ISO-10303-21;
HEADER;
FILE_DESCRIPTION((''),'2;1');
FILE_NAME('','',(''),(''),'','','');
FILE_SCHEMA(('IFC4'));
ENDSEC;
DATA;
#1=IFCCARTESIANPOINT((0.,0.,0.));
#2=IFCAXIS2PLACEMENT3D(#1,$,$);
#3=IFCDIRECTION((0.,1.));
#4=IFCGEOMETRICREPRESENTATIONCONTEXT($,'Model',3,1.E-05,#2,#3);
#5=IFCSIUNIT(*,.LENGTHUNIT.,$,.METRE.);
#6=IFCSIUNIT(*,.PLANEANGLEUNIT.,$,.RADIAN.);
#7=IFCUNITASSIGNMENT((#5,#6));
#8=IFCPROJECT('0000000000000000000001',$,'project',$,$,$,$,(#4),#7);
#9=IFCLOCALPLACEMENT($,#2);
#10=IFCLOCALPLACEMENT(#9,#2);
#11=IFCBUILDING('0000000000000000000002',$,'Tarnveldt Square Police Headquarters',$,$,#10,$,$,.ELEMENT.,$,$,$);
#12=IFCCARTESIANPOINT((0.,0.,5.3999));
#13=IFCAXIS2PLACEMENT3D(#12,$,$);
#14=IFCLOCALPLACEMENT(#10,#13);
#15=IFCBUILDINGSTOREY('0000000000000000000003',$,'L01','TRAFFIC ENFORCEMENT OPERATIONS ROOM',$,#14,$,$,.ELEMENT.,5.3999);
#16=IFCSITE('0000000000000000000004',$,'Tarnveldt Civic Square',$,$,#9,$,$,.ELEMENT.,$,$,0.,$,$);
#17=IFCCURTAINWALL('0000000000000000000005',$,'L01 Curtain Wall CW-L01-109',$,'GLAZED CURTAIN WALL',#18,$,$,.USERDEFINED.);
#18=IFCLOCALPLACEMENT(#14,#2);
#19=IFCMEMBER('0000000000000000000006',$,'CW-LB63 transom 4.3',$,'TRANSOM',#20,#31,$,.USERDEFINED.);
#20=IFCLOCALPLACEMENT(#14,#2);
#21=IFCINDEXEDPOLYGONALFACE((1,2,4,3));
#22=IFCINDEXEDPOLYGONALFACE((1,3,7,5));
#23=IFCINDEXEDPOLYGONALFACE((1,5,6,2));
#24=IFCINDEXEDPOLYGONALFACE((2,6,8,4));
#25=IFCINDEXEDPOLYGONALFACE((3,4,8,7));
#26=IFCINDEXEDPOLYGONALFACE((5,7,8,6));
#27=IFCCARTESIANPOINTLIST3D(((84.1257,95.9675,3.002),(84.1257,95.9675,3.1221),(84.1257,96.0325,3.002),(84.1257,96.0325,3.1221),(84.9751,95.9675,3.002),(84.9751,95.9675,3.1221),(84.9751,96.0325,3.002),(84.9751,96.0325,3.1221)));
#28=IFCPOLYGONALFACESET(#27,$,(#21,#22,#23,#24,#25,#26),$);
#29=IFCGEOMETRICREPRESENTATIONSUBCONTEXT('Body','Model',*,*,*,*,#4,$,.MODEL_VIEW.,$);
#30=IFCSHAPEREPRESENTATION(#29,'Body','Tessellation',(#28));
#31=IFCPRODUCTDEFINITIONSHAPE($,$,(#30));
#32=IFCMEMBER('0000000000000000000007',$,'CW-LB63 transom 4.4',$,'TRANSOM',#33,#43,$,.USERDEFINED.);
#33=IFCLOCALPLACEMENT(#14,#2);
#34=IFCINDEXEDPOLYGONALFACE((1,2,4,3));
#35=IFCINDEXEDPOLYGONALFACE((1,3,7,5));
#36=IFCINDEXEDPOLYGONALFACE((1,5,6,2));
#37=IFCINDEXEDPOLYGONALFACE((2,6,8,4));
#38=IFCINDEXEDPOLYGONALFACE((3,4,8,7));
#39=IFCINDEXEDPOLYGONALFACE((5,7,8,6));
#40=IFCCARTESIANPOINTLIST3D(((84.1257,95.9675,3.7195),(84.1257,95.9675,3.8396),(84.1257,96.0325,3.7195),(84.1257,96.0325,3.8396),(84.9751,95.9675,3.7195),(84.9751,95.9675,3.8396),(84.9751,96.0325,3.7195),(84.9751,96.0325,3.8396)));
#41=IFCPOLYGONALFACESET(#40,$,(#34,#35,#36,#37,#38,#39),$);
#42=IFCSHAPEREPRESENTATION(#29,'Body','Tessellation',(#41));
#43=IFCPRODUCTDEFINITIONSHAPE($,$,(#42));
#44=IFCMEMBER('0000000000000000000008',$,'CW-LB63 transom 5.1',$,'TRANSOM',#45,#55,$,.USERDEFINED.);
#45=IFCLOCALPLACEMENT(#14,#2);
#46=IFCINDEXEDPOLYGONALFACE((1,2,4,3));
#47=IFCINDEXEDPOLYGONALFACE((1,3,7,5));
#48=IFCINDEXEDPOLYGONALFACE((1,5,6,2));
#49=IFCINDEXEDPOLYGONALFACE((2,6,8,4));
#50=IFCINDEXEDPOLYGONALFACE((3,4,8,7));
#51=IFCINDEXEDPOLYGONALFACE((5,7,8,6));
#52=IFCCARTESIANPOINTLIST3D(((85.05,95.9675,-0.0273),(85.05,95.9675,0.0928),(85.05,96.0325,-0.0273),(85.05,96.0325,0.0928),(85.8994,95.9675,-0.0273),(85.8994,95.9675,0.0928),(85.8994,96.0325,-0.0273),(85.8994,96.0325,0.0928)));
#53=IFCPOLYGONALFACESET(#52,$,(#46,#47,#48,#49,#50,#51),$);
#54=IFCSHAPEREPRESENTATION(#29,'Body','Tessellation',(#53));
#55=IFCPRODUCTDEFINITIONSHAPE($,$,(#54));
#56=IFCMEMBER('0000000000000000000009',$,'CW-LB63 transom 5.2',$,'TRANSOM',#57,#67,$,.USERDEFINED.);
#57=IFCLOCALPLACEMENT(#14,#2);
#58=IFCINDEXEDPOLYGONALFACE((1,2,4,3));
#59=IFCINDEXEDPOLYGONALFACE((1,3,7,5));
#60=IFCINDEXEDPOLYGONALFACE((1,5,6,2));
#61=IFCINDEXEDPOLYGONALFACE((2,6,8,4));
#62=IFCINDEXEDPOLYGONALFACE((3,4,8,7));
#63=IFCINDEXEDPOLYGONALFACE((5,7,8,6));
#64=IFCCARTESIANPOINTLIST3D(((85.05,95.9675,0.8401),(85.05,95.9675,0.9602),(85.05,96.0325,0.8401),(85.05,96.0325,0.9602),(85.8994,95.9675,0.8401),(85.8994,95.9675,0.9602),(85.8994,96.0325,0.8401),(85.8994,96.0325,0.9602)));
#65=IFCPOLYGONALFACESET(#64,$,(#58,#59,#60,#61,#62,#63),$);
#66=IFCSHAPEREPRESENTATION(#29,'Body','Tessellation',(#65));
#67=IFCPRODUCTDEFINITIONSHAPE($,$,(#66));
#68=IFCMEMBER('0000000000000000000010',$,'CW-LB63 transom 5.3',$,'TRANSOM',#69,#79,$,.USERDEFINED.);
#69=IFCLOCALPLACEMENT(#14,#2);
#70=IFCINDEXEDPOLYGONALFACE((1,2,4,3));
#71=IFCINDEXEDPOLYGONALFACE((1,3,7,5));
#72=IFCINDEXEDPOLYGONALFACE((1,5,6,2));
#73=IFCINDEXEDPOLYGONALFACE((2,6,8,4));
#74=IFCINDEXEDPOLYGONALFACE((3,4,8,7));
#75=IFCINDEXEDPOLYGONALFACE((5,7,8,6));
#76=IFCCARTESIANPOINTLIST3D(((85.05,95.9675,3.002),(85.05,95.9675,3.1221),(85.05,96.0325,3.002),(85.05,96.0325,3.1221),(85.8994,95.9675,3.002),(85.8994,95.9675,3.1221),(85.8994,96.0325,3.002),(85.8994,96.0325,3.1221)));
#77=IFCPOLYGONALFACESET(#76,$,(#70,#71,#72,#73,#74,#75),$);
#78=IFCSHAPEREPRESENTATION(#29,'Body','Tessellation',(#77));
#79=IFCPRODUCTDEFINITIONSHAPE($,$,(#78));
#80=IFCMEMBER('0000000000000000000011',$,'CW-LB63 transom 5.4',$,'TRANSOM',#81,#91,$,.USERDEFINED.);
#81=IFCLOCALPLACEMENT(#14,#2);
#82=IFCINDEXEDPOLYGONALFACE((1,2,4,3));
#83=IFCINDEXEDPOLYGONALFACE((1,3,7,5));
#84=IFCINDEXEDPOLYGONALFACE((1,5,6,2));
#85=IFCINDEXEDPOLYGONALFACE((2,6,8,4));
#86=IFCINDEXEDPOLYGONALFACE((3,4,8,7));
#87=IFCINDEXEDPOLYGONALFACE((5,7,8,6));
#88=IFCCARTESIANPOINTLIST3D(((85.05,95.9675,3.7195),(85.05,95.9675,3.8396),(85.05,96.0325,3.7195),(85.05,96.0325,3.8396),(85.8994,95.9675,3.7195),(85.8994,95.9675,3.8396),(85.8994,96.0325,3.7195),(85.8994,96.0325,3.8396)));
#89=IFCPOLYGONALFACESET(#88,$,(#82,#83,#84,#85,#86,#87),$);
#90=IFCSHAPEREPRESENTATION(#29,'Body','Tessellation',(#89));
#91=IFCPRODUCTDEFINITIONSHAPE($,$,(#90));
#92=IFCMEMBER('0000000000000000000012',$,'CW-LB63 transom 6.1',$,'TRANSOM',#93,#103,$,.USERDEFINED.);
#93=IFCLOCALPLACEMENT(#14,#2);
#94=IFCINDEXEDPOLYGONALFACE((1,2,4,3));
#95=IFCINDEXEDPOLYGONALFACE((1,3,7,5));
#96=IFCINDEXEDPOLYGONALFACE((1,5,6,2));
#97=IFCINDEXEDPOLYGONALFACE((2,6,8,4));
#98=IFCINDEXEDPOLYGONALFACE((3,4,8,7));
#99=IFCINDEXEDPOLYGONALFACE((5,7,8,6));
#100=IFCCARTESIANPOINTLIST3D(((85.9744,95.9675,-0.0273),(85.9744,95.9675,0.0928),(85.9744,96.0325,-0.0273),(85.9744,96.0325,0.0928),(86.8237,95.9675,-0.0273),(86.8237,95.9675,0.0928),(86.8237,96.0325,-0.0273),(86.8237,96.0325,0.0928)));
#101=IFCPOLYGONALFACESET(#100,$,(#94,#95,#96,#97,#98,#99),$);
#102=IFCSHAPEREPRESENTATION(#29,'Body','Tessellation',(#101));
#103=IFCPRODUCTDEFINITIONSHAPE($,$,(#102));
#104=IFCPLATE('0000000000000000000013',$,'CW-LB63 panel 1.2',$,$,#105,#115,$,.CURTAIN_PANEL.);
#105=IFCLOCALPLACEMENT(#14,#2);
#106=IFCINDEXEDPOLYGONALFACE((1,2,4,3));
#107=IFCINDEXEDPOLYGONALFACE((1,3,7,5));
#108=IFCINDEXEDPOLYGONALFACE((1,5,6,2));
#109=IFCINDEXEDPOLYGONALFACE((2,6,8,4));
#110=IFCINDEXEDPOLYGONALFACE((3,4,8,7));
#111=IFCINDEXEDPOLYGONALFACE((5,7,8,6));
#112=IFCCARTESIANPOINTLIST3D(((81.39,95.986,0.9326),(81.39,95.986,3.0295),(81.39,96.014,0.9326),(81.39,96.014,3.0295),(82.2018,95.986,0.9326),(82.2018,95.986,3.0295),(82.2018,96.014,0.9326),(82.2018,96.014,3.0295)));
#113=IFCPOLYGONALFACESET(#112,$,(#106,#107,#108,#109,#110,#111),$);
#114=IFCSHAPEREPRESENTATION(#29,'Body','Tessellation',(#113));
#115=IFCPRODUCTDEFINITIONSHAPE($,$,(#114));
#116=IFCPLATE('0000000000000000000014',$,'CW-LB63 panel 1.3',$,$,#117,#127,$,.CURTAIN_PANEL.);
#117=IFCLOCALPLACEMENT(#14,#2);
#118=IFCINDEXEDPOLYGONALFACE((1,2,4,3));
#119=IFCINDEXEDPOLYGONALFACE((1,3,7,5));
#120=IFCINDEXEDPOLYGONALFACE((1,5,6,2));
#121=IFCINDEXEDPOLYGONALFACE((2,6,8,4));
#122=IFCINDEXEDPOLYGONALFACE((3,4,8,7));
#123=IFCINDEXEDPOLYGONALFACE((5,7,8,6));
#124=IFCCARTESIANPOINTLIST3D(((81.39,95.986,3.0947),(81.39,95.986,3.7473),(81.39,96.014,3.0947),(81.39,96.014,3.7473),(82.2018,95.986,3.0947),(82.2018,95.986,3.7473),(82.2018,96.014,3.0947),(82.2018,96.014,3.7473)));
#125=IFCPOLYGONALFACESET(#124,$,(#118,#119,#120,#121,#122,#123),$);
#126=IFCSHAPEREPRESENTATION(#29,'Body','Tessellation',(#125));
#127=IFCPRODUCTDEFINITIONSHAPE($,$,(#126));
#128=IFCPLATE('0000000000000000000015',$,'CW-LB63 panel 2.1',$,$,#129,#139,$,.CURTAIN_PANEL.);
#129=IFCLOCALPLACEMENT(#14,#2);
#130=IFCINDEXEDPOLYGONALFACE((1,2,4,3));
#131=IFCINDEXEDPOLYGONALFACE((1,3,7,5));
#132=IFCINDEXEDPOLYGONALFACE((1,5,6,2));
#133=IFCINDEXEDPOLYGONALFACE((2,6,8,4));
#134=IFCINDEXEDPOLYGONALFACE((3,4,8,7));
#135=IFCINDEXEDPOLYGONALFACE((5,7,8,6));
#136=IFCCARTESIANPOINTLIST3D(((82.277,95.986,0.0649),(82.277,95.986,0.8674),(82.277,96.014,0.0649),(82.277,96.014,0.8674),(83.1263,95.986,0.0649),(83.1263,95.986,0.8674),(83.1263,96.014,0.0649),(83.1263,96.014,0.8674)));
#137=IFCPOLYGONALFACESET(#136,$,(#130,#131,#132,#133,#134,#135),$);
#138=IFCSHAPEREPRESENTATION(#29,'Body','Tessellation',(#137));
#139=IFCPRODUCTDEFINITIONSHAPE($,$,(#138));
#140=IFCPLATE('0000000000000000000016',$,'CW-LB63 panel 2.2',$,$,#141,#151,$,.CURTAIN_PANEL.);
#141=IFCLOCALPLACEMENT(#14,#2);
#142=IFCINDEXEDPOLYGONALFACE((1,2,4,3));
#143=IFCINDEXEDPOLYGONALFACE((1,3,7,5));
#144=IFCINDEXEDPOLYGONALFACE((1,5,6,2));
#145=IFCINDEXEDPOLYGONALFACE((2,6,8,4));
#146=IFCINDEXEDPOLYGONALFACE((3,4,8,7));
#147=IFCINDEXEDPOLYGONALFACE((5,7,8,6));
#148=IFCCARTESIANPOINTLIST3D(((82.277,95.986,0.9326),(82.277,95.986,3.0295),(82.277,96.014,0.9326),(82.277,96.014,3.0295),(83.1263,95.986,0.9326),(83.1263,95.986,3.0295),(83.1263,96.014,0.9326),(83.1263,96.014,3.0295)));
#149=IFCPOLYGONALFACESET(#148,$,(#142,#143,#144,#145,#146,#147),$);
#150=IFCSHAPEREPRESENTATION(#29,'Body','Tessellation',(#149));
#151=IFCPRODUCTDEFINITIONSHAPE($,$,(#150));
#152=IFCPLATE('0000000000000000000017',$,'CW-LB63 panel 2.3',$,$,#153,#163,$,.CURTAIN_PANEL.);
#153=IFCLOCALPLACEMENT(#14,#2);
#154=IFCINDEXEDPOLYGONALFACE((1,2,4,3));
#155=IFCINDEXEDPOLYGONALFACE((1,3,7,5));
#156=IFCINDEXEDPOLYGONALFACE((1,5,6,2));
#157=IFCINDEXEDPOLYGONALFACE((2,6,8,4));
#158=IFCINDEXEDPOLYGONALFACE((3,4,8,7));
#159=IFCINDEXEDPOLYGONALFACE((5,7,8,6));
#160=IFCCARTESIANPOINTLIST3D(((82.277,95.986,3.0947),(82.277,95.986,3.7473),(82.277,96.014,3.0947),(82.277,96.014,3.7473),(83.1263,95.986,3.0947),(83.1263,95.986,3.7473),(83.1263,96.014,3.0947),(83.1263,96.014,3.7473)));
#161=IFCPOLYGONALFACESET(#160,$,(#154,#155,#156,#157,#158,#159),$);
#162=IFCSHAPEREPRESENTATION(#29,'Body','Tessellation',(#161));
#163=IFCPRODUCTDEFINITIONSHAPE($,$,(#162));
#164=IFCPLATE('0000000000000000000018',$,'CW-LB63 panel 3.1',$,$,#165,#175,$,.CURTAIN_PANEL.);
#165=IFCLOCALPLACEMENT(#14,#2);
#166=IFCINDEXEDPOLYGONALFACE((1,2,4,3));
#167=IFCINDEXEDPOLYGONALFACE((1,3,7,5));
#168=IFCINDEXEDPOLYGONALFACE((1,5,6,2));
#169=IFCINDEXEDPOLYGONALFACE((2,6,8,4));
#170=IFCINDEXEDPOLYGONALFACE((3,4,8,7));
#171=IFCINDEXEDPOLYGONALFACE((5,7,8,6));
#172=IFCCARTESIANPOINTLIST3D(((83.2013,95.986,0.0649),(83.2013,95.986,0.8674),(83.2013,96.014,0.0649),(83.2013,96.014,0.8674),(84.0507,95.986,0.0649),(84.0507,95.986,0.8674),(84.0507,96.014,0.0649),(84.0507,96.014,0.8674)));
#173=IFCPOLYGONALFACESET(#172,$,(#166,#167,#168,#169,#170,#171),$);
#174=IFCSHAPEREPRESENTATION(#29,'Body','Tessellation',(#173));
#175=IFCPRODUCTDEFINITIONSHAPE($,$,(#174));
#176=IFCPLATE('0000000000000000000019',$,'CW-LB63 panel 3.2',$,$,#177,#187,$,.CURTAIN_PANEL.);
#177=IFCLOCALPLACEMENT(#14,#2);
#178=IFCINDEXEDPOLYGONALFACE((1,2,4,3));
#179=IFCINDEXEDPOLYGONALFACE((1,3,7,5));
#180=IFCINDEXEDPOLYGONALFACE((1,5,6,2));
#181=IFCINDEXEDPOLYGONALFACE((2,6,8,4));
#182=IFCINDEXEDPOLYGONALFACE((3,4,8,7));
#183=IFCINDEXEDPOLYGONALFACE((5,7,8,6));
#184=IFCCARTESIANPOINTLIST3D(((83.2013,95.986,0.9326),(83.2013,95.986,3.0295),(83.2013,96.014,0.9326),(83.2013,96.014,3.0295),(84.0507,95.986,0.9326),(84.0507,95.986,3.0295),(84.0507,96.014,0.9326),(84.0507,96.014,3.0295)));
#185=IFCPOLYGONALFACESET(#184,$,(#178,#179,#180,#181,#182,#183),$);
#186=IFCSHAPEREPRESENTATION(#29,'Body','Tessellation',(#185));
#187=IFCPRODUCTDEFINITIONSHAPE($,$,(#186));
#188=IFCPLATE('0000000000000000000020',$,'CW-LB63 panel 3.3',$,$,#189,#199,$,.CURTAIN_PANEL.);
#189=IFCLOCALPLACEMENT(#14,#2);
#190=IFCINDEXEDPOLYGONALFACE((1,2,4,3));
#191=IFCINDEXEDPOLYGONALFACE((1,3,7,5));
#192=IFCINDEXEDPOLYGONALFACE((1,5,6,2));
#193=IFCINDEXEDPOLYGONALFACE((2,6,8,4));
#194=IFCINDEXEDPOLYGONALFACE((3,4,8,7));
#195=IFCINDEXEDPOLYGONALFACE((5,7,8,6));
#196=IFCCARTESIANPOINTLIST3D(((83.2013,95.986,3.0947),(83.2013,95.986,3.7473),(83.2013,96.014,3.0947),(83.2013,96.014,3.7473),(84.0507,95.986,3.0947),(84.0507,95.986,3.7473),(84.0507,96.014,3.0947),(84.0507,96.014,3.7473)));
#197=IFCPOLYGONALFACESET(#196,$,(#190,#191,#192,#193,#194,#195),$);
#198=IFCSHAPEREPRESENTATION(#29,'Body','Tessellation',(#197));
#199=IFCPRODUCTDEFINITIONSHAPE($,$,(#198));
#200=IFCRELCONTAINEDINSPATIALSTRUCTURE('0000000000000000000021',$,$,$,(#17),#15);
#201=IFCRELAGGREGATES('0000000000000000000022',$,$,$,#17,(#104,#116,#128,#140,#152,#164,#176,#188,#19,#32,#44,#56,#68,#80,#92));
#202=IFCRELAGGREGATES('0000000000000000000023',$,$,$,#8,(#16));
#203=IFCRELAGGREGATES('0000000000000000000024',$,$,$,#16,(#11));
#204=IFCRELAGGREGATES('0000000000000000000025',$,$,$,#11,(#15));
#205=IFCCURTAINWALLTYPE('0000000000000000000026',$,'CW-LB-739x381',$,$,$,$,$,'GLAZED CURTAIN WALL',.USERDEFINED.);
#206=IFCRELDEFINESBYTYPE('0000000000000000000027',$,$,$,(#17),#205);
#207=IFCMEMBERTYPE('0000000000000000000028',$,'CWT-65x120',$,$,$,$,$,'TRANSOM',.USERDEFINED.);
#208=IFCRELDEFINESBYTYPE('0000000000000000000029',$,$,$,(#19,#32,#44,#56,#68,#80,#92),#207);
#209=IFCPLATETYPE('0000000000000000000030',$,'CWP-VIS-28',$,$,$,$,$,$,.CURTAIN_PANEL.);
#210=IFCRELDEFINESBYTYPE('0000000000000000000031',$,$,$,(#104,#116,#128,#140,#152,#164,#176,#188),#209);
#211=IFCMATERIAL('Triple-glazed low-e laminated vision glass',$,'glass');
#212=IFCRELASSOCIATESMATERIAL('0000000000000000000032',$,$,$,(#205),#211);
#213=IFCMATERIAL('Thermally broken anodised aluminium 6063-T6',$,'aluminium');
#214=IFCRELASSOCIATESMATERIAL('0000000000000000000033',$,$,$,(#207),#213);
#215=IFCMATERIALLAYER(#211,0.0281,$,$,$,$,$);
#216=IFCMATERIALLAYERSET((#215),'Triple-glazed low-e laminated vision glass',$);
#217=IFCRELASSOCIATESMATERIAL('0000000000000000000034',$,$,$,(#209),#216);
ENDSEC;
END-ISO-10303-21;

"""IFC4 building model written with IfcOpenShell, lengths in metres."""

from ifc_helpers import new_model, si_unit, direction, frame, origin, origin_2d, place, context, subcontext, project, spatial, rectangle, extrude, material, layer, layer_set, material_profile, profile_set, type_object, element, aggregate, save


model = new_model("IFC4")

# Units and contexts
model_context = context("Model", 3, precision=1e-05, world=origin(), true_north=direction((0.0, 1.0)))
body_context = subcontext(model_context, "Body", "Model", "MODEL_VIEW")
ifc_project = project(units=[si_unit("LENGTHUNIT", "METRE"), si_unit("PLANEANGLEUNIT", "RADIAN")], contexts=[model_context])

# Site, building, storey
site_placement = place(None, origin())
site = spatial("IfcSite", under=ifc_project, at=site_placement, Name="Tarnveldt Civic Square", CompositionType="ELEMENT", RefElevation=0.0)
building_placement = place(site_placement, origin())
building = spatial("IfcBuilding", under=site, at=building_placement, Name="Tarnveldt Square Police Headquarters", CompositionType="ELEMENT")
storey_placement = place(building_placement, frame((0.0, 0.0, 5.3999)))
storey = spatial("IfcBuildingStorey", under=building, at=storey_placement, Name="L01", Description="TRAFFIC ENFORCEMENT OPERATIONS ROOM", CompositionType="ELEMENT", Elevation=5.3999)

# Curtain wall, members, plates
ifc_material_1 = material(Name="Triple-glazed low-e laminated vision glass", Category="glass")
curtain_wall_type = type_object("IfcCurtainWallType", Name="CW-LB-739x381", ElementType="GLAZED CURTAIN WALL", PredefinedType="USERDEFINED", material=ifc_material_1)
curtain_wall_placement = place(storey_placement, origin())
curtain_wall = element("IfcCurtainWall", 1, at=curtain_wall_placement, inside=storey, type_object=curtain_wall_type, Name="L01 Curtain Wall CW-L01-109", ObjectType="GLAZED CURTAIN WALL", PredefinedType="USERDEFINED")
ifc_material_2 = material(Name="Thermally broken anodised aluminium 6063-T6", Category="aluminium")
ifc_material_profile_1 = material_profile(ifc_material_2, rectangle(XDim=0.0649, YDim=0.1201, at=origin_2d()), Name="CW-T65x120")
ifc_profile_set_1 = profile_set([ifc_material_profile_1], Name="Thermally broken anodised aluminium 6063-T6")
member_type_1 = type_object("IfcMemberType", Name="CWT-65x120", ElementType="TRANSOM", PredefinedType="USERDEFINED", material=ifc_profile_set_1)
member_1_placement = place(storey_placement, frame((84.1257, 96.0, 3.062), z_axis=(1.0, 0.0, 0.0), x_axis=(0.0, 1.0, 0.0)))
member_1 = element("IfcMember", 2, at=member_1_placement, type_object=member_type_1, Name="CW-LB63 transom 4.3", ObjectType="TRANSOM", PredefinedType="USERDEFINED", context=body_context, shape_type="SweptSolid", body=[
    extrude(rectangle(XDim=0.0649, YDim=0.1201, at=origin_2d()), origin(), (0.0, 0.0, 1.0), 0.8494),
])
member_2_placement = place(storey_placement, frame((84.1257, 96.0, 3.7795), z_axis=(1.0, 0.0, 0.0), x_axis=(0.0, 1.0, 0.0)))
member_2 = element("IfcMember", 3, at=member_2_placement, type_object=member_type_1, Name="CW-LB63 transom 4.4", ObjectType="TRANSOM", PredefinedType="USERDEFINED", context=body_context, shape_type="SweptSolid", body=[
    extrude(rectangle(XDim=0.0649, YDim=0.1201, at=origin_2d()), origin(), (0.0, 0.0, 1.0), 0.8494),
])
member_3_placement = place(storey_placement, frame((85.05, 96.0, 0.0327), z_axis=(1.0, 0.0, 0.0), x_axis=(0.0, 1.0, 0.0)))
member_3 = element("IfcMember", 4, at=member_3_placement, type_object=member_type_1, Name="CW-LB63 transom 5.1", ObjectType="TRANSOM", PredefinedType="USERDEFINED", context=body_context, shape_type="SweptSolid", body=[
    extrude(rectangle(XDim=0.0649, YDim=0.1201, at=origin_2d()), origin(), (0.0, 0.0, 1.0), 0.8494),
])
member_4_placement = place(storey_placement, frame((85.05, 96.0, 0.9001), z_axis=(1.0, 0.0, 0.0), x_axis=(0.0, 1.0, 0.0)))
member_4 = element("IfcMember", 5, at=member_4_placement, type_object=member_type_1, Name="CW-LB63 transom 5.2", ObjectType="TRANSOM", PredefinedType="USERDEFINED", context=body_context, shape_type="SweptSolid", body=[
    extrude(rectangle(XDim=0.0649, YDim=0.1201, at=origin_2d()), origin(), (0.0, 0.0, 1.0), 0.8494),
])
member_5_placement = place(storey_placement, frame((85.05, 96.0, 3.062), z_axis=(1.0, 0.0, 0.0), x_axis=(0.0, 1.0, 0.0)))
member_5 = element("IfcMember", 6, at=member_5_placement, type_object=member_type_1, Name="CW-LB63 transom 5.3", ObjectType="TRANSOM", PredefinedType="USERDEFINED", context=body_context, shape_type="SweptSolid", body=[
    extrude(rectangle(XDim=0.0649, YDim=0.1201, at=origin_2d()), origin(), (0.0, 0.0, 1.0), 0.8494),
])
member_6_placement = place(storey_placement, frame((85.05, 96.0, 3.7795), z_axis=(1.0, 0.0, 0.0), x_axis=(0.0, 1.0, 0.0)))
member_6 = element("IfcMember", 7, at=member_6_placement, type_object=member_type_1, Name="CW-LB63 transom 5.4", ObjectType="TRANSOM", PredefinedType="USERDEFINED", context=body_context, shape_type="SweptSolid", body=[
    extrude(rectangle(XDim=0.0649, YDim=0.1201, at=origin_2d()), origin(), (0.0, 0.0, 1.0), 0.8494),
])
member_7_placement = place(storey_placement, frame((85.9744, 96.0, 0.0327), z_axis=(1.0, 0.0, 0.0), x_axis=(0.0, 1.0, 0.0)))
member_7 = element("IfcMember", 8, at=member_7_placement, type_object=member_type_1, Name="CW-LB63 transom 6.1", ObjectType="TRANSOM", PredefinedType="USERDEFINED", context=body_context, shape_type="SweptSolid", body=[
    extrude(rectangle(XDim=0.0649, YDim=0.1201, at=origin_2d()), origin(), (0.0, 0.0, 1.0), 0.8494),
])
ifc_layer = layer(ifc_material_1, 0.0281)
ifc_layer_set = layer_set([ifc_layer], Name="Triple-glazed low-e laminated vision glass")
plate_type = type_object("IfcPlateType", Name="CWP-VIS-28", PredefinedType="CURTAIN_PANEL", material=ifc_layer_set)
plate_1_placement = place(storey_placement, frame((81.7959, 96.0, 0.9326), z_axis=(0.0, 0.0, 1.0), x_axis=(1.0, 0.0, 0.0)))
plate_1 = element("IfcPlate", 9, at=plate_1_placement, type_object=plate_type, Name="CW-LB63 panel 1.2", PredefinedType="CURTAIN_PANEL", context=body_context, shape_type="SweptSolid", body=[
    extrude(rectangle(XDim=0.8118, YDim=0.0281, at=origin_2d()), origin(), (0.0, 0.0, 1.0), 2.0969),
])
plate_2_placement = place(storey_placement, frame((81.7959, 96.0, 3.0947), z_axis=(0.0, 0.0, 1.0), x_axis=(1.0, 0.0, 0.0)))
plate_2 = element("IfcPlate", 10, at=plate_2_placement, type_object=plate_type, Name="CW-LB63 panel 1.3", PredefinedType="CURTAIN_PANEL", context=body_context, shape_type="SweptSolid", body=[
    extrude(rectangle(XDim=0.8118, YDim=0.0281, at=origin_2d()), origin(), (0.0, 0.0, 1.0), 0.6526),
])
plate_3_placement = place(storey_placement, frame((82.7017, 96.0, 0.0649), z_axis=(0.0, 0.0, 1.0), x_axis=(1.0, 0.0, 0.0)))
plate_3 = element("IfcPlate", 11, at=plate_3_placement, type_object=plate_type, Name="CW-LB63 panel 2.1", PredefinedType="CURTAIN_PANEL", context=body_context, shape_type="SweptSolid", body=[
    extrude(rectangle(XDim=0.8494, YDim=0.0281, at=origin_2d()), origin(), (0.0, 0.0, 1.0), 0.8025),
])
plate_4_placement = place(storey_placement, frame((82.7017, 96.0, 0.9326), z_axis=(0.0, 0.0, 1.0), x_axis=(1.0, 0.0, 0.0)))
plate_4 = element("IfcPlate", 12, at=plate_4_placement, type_object=plate_type, Name="CW-LB63 panel 2.2", PredefinedType="CURTAIN_PANEL", context=body_context, shape_type="SweptSolid", body=[
    extrude(rectangle(XDim=0.8494, YDim=0.0281, at=origin_2d()), origin(), (0.0, 0.0, 1.0), 2.0969),
])
plate_5_placement = place(storey_placement, frame((82.7017, 96.0, 3.0947), z_axis=(0.0, 0.0, 1.0), x_axis=(1.0, 0.0, 0.0)))
plate_5 = element("IfcPlate", 13, at=plate_5_placement, type_object=plate_type, Name="CW-LB63 panel 2.3", PredefinedType="CURTAIN_PANEL", context=body_context, shape_type="SweptSolid", body=[
    extrude(rectangle(XDim=0.8494, YDim=0.0281, at=origin_2d()), origin(), (0.0, 0.0, 1.0), 0.6526),
])
plate_6_placement = place(storey_placement, frame((83.626, 96.0, 0.0649), z_axis=(0.0, 0.0, 1.0), x_axis=(1.0, 0.0, 0.0)))
plate_6 = element("IfcPlate", 14, at=plate_6_placement, type_object=plate_type, Name="CW-LB63 panel 3.1", PredefinedType="CURTAIN_PANEL", context=body_context, shape_type="SweptSolid", body=[
    extrude(rectangle(XDim=0.8494, YDim=0.0281, at=origin_2d()), origin(), (0.0, 0.0, 1.0), 0.8025),
])
plate_7_placement = place(storey_placement, frame((83.626, 96.0, 0.9326), z_axis=(0.0, 0.0, 1.0), x_axis=(1.0, 0.0, 0.0)))
plate_7 = element("IfcPlate", 15, at=plate_7_placement, type_object=plate_type, Name="CW-LB63 panel 3.2", PredefinedType="CURTAIN_PANEL", context=body_context, shape_type="SweptSolid", body=[
    extrude(rectangle(XDim=0.8494, YDim=0.0281, at=origin_2d()), origin(), (0.0, 0.0, 1.0), 2.0969),
])
plate_8_placement = place(storey_placement, frame((83.626, 96.0, 3.0947), z_axis=(0.0, 0.0, 1.0), x_axis=(1.0, 0.0, 0.0)))
plate_8 = element("IfcPlate", 16, at=plate_8_placement, type_object=plate_type, Name="CW-LB63 panel 3.3", PredefinedType="CURTAIN_PANEL", context=body_context, shape_type="SweptSolid", body=[
    extrude(rectangle(XDim=0.8494, YDim=0.0281, at=origin_2d()), origin(), (0.0, 0.0, 1.0), 0.6526),
])
aggregate(curtain_wall, [plate_1, plate_2, plate_3, plate_4, plate_5, plate_6, plate_7, plate_8, member_1, member_2, member_3, member_4, member_5, member_6, member_7])

save(model, "model.ifc")
